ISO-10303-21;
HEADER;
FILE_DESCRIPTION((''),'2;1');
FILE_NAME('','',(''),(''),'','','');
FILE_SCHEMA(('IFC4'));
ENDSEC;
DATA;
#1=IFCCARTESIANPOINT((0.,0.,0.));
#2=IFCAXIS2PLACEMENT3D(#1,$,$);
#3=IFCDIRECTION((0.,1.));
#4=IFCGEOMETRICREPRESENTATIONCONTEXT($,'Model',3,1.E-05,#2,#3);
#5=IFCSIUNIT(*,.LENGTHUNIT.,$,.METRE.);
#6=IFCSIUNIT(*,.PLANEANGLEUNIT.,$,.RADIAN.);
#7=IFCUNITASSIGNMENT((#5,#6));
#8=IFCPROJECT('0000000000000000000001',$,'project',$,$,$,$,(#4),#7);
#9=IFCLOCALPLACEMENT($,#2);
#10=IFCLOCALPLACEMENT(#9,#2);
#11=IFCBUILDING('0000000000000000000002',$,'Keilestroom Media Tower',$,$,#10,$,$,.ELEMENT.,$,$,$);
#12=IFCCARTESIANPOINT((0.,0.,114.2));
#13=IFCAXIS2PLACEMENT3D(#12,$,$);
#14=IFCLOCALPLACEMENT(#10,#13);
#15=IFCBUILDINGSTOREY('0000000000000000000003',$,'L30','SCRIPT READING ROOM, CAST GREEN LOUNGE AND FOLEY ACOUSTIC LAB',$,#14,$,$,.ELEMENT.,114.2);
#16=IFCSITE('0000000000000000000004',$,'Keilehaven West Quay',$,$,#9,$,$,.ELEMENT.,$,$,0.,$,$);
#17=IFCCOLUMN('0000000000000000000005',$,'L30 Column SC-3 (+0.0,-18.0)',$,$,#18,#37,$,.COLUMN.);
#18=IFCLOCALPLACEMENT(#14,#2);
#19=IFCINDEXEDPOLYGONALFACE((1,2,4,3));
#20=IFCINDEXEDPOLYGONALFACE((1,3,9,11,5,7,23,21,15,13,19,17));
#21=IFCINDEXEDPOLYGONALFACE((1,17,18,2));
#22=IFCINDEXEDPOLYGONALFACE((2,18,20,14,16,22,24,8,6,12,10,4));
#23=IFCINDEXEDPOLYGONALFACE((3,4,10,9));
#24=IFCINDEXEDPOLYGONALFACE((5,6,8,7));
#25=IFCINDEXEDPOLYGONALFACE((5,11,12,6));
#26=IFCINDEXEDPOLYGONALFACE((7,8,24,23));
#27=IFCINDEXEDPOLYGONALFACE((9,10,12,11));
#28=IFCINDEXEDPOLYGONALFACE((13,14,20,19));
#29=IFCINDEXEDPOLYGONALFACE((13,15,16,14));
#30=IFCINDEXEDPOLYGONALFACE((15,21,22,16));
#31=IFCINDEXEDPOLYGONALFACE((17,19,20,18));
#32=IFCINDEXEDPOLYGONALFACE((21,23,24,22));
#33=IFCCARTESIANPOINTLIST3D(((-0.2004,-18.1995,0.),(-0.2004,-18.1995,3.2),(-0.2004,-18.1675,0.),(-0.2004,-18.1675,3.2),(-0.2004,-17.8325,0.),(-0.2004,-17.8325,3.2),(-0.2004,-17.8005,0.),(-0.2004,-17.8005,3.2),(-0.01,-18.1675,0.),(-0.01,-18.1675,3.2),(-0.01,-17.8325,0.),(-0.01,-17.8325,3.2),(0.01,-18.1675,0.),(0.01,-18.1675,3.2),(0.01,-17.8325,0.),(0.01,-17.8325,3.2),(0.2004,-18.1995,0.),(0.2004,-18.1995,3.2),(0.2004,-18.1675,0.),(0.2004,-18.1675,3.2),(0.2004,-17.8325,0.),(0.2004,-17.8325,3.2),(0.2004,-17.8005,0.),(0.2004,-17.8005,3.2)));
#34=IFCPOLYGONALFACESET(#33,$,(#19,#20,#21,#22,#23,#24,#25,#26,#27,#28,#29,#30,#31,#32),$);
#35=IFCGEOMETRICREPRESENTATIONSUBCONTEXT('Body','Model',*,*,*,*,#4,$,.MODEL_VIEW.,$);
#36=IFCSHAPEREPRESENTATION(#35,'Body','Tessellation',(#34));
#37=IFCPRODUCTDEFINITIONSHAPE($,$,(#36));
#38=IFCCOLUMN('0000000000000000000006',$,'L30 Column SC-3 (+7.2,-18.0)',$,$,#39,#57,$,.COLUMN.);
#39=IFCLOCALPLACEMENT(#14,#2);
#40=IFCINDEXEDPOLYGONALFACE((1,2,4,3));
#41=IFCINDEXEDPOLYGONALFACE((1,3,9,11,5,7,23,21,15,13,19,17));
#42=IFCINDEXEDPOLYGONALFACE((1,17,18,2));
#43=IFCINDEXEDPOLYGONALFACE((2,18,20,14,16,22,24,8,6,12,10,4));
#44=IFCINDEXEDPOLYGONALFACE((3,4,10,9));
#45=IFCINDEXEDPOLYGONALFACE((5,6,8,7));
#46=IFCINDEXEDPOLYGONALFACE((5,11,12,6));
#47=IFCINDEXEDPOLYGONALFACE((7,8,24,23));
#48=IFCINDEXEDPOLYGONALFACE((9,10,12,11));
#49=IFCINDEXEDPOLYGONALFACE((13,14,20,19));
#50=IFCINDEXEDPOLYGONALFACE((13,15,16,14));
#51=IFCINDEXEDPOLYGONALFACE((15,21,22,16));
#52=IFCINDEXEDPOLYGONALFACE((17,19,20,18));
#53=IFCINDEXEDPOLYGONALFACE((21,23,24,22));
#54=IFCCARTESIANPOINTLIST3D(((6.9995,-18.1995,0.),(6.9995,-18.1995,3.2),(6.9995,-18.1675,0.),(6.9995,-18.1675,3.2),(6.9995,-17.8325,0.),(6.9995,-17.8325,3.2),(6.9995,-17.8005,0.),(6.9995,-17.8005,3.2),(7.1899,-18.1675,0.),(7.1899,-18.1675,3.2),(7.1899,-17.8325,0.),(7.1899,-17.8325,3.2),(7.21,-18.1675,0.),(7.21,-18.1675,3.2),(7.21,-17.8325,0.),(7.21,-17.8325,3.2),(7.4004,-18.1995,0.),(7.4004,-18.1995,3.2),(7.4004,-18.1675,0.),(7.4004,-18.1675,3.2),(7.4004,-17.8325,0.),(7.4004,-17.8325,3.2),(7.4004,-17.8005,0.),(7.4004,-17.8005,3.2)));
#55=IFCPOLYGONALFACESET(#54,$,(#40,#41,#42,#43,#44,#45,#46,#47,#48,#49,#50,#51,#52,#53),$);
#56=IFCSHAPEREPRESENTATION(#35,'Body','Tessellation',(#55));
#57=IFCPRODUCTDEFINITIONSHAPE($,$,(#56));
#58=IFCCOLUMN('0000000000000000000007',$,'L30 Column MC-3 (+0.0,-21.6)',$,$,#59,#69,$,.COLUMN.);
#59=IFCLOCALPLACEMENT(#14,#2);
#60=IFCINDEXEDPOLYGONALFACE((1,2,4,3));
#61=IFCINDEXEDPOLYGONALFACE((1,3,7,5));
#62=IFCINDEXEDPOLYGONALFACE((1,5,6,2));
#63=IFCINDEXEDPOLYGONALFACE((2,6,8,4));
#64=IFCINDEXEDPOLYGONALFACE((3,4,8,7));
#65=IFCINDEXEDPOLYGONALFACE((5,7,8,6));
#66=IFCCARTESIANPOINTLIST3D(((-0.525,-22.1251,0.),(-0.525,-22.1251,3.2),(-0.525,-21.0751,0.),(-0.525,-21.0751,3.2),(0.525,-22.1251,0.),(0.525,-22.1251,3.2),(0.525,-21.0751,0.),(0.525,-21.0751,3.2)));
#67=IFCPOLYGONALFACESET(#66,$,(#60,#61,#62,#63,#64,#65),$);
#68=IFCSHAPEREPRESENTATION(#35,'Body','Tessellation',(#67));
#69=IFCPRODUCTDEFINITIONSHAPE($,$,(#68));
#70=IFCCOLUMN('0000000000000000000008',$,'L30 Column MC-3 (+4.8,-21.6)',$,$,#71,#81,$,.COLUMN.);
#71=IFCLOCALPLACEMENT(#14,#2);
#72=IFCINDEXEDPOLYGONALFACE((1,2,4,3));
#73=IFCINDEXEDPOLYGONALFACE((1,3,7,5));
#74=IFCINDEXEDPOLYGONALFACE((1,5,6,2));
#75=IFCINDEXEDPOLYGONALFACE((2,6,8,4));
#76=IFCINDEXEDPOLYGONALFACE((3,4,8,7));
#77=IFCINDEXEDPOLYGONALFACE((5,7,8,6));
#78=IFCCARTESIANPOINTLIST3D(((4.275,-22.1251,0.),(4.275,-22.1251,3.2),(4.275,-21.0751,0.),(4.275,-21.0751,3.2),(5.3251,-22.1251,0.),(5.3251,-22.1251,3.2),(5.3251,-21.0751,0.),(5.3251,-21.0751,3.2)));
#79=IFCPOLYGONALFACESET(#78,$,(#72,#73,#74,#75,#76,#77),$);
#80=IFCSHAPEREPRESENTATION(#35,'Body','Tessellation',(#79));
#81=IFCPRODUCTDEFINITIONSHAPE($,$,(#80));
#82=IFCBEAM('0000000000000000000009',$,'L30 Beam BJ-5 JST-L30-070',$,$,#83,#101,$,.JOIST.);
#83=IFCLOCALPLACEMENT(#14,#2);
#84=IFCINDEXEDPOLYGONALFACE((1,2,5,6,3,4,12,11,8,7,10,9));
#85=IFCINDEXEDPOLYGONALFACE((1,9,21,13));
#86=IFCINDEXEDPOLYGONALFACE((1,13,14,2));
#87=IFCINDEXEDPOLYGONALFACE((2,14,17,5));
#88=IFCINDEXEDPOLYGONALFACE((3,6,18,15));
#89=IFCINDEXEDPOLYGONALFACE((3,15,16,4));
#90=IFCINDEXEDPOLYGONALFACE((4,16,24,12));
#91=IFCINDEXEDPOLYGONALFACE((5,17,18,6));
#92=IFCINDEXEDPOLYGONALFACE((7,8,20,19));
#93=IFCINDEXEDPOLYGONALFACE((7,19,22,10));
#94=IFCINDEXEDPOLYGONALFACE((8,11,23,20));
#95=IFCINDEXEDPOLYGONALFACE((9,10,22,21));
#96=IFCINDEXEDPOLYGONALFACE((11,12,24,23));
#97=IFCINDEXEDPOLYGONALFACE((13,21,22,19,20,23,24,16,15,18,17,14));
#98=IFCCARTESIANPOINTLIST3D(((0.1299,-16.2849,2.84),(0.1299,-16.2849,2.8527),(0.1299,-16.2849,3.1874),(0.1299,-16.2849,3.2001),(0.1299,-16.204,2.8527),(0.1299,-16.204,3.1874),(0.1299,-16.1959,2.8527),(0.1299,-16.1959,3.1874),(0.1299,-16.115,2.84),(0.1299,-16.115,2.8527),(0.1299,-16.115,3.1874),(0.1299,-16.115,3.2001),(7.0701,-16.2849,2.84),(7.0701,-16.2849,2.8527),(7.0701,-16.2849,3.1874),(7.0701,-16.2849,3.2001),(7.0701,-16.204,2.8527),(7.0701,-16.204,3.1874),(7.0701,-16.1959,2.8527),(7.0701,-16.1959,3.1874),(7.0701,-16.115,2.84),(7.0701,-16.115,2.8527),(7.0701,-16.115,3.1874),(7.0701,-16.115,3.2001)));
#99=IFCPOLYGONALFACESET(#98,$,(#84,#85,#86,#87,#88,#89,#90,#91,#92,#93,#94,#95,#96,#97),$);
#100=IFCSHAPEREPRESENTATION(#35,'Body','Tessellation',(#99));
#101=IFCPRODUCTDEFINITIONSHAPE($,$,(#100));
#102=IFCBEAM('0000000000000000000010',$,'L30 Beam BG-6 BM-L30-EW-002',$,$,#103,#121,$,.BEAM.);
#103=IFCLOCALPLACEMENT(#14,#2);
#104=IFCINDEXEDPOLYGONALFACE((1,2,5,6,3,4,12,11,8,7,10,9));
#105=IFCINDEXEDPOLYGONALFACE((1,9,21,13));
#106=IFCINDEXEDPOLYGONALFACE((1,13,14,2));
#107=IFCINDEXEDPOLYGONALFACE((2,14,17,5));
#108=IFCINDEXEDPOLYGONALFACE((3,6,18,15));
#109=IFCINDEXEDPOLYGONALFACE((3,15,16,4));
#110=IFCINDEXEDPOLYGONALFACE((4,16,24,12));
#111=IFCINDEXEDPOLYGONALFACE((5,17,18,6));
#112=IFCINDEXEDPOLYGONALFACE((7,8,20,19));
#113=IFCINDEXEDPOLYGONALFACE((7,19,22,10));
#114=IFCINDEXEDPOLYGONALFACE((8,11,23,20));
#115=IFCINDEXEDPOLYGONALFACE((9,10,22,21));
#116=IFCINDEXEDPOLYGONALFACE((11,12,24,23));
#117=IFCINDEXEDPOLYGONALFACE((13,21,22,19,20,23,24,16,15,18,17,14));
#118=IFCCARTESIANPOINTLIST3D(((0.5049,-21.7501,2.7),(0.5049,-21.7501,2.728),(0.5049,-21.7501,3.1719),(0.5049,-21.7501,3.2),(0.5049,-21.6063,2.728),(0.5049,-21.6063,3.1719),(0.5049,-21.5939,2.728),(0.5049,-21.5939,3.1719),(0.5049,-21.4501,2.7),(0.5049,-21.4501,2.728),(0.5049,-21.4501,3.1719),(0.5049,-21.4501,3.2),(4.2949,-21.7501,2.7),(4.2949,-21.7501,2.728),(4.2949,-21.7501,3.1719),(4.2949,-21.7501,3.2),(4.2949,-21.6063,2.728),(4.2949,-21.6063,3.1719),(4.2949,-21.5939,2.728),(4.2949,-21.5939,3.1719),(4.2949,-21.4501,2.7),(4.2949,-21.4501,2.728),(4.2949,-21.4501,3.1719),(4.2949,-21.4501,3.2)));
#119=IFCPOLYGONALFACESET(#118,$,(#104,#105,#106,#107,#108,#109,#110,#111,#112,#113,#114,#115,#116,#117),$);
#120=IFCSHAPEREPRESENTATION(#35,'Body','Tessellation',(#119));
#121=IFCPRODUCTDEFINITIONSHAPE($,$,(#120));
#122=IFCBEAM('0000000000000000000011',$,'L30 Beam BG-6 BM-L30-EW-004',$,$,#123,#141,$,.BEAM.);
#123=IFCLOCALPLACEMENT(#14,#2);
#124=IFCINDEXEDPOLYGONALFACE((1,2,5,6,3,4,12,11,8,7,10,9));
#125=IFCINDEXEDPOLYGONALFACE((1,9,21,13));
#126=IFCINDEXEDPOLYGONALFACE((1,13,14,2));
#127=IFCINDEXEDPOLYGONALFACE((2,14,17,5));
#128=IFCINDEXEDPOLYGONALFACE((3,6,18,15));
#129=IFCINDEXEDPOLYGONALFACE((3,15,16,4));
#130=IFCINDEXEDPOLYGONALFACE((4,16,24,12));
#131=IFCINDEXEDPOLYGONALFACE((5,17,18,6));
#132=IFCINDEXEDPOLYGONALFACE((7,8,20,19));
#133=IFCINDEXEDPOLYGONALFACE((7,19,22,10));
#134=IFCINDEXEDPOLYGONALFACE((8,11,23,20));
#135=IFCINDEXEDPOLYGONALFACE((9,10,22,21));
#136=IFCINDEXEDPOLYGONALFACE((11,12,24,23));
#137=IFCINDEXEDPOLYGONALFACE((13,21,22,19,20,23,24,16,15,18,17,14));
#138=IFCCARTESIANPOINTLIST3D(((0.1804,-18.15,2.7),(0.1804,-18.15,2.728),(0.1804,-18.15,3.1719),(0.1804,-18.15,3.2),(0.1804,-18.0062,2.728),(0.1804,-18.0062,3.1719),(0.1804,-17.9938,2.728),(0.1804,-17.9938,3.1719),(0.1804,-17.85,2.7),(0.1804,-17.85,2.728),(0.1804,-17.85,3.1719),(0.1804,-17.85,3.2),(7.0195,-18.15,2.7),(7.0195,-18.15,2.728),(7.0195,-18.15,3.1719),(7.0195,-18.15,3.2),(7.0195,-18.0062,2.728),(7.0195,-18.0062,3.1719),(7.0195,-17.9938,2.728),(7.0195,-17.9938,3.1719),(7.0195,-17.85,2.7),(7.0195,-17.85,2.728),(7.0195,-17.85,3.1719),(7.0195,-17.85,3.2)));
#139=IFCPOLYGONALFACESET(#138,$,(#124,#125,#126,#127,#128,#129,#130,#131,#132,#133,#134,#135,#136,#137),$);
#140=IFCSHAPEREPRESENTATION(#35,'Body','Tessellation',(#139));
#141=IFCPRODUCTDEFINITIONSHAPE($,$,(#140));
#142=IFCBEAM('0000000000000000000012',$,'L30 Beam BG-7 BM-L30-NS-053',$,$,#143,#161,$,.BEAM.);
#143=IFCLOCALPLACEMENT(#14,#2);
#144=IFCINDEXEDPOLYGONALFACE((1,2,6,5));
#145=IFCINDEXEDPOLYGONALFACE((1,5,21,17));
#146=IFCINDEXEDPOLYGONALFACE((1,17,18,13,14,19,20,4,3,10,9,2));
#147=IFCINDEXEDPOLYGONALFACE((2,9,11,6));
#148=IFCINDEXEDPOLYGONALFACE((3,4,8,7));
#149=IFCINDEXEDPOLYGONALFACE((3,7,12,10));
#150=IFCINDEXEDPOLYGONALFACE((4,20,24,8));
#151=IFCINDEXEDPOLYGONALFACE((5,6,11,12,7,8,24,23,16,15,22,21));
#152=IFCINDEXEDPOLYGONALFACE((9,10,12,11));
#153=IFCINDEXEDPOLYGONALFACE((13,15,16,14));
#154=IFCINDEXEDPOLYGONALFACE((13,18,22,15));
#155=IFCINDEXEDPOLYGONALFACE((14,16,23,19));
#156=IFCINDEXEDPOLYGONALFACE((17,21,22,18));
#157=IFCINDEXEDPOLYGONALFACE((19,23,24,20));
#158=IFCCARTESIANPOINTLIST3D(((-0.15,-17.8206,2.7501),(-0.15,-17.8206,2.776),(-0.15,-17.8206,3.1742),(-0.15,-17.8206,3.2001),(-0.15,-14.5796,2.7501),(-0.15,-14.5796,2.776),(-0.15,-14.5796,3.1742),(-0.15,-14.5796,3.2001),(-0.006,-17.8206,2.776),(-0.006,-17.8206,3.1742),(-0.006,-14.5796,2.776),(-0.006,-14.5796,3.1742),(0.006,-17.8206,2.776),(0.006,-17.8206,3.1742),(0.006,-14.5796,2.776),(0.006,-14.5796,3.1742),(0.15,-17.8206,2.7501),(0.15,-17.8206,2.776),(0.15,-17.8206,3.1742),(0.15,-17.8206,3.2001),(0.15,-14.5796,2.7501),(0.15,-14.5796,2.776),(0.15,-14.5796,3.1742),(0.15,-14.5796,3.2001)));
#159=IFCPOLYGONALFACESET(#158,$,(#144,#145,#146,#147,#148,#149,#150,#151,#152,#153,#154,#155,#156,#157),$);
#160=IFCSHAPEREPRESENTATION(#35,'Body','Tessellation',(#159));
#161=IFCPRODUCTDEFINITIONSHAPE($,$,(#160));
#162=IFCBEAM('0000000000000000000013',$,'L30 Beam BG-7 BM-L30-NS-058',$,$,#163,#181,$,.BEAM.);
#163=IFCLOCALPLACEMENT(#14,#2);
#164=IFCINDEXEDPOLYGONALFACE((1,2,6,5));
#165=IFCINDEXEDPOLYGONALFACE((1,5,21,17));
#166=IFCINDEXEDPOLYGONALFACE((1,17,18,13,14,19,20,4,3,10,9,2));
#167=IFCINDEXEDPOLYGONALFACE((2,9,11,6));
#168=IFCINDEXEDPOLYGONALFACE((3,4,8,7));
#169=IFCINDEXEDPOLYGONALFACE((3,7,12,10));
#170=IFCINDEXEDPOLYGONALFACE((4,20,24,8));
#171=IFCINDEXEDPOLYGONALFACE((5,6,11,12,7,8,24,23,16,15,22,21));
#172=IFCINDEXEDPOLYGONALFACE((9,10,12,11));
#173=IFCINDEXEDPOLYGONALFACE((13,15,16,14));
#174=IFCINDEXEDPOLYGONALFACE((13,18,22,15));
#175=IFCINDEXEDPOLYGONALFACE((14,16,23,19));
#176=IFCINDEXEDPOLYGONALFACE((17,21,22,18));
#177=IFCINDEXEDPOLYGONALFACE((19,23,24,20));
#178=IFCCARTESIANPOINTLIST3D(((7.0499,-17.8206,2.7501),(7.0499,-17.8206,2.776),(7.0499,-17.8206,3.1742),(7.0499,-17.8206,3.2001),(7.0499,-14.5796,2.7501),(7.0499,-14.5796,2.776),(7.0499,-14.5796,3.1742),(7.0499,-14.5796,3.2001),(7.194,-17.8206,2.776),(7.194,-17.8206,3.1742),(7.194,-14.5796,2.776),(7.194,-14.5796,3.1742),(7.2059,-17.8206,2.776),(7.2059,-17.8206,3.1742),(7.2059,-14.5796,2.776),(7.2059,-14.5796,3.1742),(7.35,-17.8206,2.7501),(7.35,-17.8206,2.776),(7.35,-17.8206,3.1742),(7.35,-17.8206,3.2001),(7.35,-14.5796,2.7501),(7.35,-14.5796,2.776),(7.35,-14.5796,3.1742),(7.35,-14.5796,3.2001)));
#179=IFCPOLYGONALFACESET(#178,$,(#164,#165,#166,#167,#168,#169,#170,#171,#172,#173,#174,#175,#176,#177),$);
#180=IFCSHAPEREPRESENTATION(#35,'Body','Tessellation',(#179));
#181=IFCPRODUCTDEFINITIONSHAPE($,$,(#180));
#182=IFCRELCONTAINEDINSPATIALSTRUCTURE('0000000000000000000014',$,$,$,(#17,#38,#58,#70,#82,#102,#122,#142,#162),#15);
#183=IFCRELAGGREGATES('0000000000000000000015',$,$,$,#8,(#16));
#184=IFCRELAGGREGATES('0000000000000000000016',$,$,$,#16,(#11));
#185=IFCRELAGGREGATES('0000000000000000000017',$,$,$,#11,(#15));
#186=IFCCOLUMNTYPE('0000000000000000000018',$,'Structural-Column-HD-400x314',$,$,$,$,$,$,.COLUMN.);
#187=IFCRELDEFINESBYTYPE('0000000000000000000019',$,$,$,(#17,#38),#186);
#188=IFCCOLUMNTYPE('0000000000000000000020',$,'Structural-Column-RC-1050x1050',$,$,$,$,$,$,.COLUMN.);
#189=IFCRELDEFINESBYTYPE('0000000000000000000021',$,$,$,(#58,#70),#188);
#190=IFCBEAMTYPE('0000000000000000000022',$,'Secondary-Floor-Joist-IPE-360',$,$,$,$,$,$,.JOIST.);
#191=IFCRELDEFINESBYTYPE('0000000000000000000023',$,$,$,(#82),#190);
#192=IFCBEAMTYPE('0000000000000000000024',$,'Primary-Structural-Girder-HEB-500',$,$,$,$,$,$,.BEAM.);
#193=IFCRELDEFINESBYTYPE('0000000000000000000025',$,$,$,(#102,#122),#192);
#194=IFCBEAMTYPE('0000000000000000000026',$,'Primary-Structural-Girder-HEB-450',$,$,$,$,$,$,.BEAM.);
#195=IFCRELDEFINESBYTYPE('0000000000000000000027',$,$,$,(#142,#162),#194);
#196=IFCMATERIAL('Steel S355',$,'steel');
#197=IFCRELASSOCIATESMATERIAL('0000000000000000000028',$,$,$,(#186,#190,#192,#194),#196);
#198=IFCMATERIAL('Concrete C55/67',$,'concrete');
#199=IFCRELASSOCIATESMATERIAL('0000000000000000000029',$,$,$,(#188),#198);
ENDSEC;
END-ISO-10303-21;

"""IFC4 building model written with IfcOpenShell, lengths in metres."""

from ifc_helpers import new_model, si_unit, direction, frame, origin, origin_2d, place, context, subcontext, project, spatial, rectangle, i_section, extrude, source, transform, mapped, material, material_profile, profile_set, type_object, element, save


model = new_model("IFC4")

# Units and contexts
model_context = context("Model", 3, precision=1e-05, world=origin(), true_north=direction((0.0, 1.0)))
body_context = subcontext(model_context, "Body", "Model", "MODEL_VIEW")
ifc_project = project(units=[si_unit("LENGTHUNIT", "METRE"), si_unit("PLANEANGLEUNIT", "RADIAN")], contexts=[model_context])

# Site, building, storey
site_placement = place(None, origin())
site = spatial("IfcSite", under=ifc_project, at=site_placement, Name="Keilehaven West Quay", CompositionType="ELEMENT", RefElevation=0.0)
building_placement = place(site_placement, origin())
building = spatial("IfcBuilding", under=site, at=building_placement, Name="Keilestroom Media Tower", CompositionType="ELEMENT")
storey_placement = place(building_placement, frame((0.0, 0.0, 114.2)))
storey = spatial("IfcBuildingStorey", under=building, at=storey_placement, Name="L30", Description="SCRIPT READING ROOM, CAST GREEN LOUNGE AND FOLEY ACOUSTIC LAB", CompositionType="ELEMENT", Elevation=114.2)

# Columns
ifc_material_1 = material(Name="Steel S355", Category="steel")
ifc_material_profile_1 = material_profile(ifc_material_1, i_section(OverallWidth=0.4009, OverallDepth=0.3989, WebThickness=0.02, FlangeThickness=0.032, at=origin_2d()), Name="HD 400x314")
ifc_profile_set_1 = profile_set([ifc_material_profile_1], Name="Steel S355")
column_type_1 = type_object("IfcColumnType", Name="Structural-Column-HD-400x314", PredefinedType="COLUMN", material=ifc_profile_set_1)
shared_shape_1 = source(origin(), body_context, "Body", "SweptSolid", [
    extrude(i_section(OverallWidth=0.4009, OverallDepth=0.3989, WebThickness=0.02, FlangeThickness=0.032, at=origin_2d()), origin(), (0.0, 0.0, 1.0), 3.2),
])
for number, where, z_axis, x_axis, name in (
    (1, (0.0, -18.0, 0.0), (0.0, 0.0, 1.0), (1.0, 0.0, 0.0), "L30 Column SC-3 (+0.0,-18.0)"),
    (2, (7.2, -18.0, 0.0), (0.0, 0.0, 1.0), (1.0, 0.0, 0.0), "L30 Column SC-3 (+7.2,-18.0)"),
):
    element("IfcColumn", number, at=place(storey_placement, frame(where, z_axis=z_axis, x_axis=x_axis)), inside=storey, type_object=column_type_1, Name=name, PredefinedType="COLUMN", context=body_context, shape_type="MappedRepresentation", body=[
        mapped(shared_shape_1, transform((0.0, 0.0, 0.0), x_axis=(1.0, 0.0, 0.0), y_axis=(0.0, 1.0, 0.0), z_axis=(0.0, 0.0, 1.0), scale=1.0)),
    ])
ifc_material_2 = material(Name="Concrete C55/67", Category="concrete")
ifc_material_profile_2 = material_profile(ifc_material_2, rectangle(XDim=1.05, YDim=1.05, at=origin_2d()), Name="RC 1050x1050")
ifc_profile_set_2 = profile_set([ifc_material_profile_2], Name="Concrete C55/67")
column_type_2 = type_object("IfcColumnType", Name="Structural-Column-RC-1050x1050", PredefinedType="COLUMN", material=ifc_profile_set_2)
shared_shape_2 = source(origin(), body_context, "Body", "SweptSolid", [
    extrude(rectangle(XDim=1.05, YDim=1.05, at=origin_2d()), origin(), (0.0, 0.0, 1.0), 3.2),
])
for number, where, z_axis, x_axis, name in (
    (3, (0.0, -21.6001, 0.0), (0.0, 0.0, 1.0), (1.0, 0.0, 0.0), "L30 Column MC-3 (+0.0,-21.6)"),
    (4, (4.8, -21.6001, 0.0), (0.0, 0.0, 1.0), (1.0, 0.0, 0.0), "L30 Column MC-3 (+4.8,-21.6)"),
):
    element("IfcColumn", number, at=place(storey_placement, frame(where, z_axis=z_axis, x_axis=x_axis)), inside=storey, type_object=column_type_2, Name=name, PredefinedType="COLUMN", context=body_context, shape_type="MappedRepresentation", body=[
        mapped(shared_shape_2, transform((0.0, 0.0, 0.0), x_axis=(1.0, 0.0, 0.0), y_axis=(0.0, 1.0, 0.0), z_axis=(0.0, 0.0, 1.0), scale=1.0)),
    ])

# Beams
ifc_material_profile_3 = material_profile(ifc_material_1, i_section(OverallWidth=0.1699, OverallDepth=0.3601, WebThickness=0.0081, FlangeThickness=0.0127, at=origin_2d()), Name="IPE 360")
ifc_profile_set_3 = profile_set([ifc_material_profile_3], Name="Steel S355")
beam_type_1 = type_object("IfcBeamType", Name="Secondary-Floor-Joist-IPE-360", PredefinedType="JOIST", material=ifc_profile_set_3)
shared_shape_3 = source(origin(), body_context, "Body", "SweptSolid", [
    extrude(i_section(OverallWidth=0.1699, OverallDepth=0.3601, WebThickness=0.0081, FlangeThickness=0.0127, at=origin_2d()), origin(), (0.0, 0.0, 1.0), 6.9402),
])
beam_1_placement = place(storey_placement, frame((0.1299, -16.2, 3.02), z_axis=(1.0, 0.0, 0.0), x_axis=(0.0, 1.0, 0.0)))
element("IfcBeam", 5, at=beam_1_placement, inside=storey, type_object=beam_type_1, Name="L30 Beam BJ-5 JST-L30-070", PredefinedType="JOIST", context=body_context, shape_type="MappedRepresentation", body=[
    mapped(shared_shape_3, transform((0.0, 0.0, 0.0), x_axis=(1.0, 0.0, 0.0), y_axis=(0.0, 1.0, 0.0), z_axis=(0.0, 0.0, 1.0), scale=1.0)),
])
ifc_material_profile_4 = material_profile(ifc_material_1, i_section(OverallWidth=0.3, OverallDepth=0.5, WebThickness=0.0125, FlangeThickness=0.0281, at=origin_2d()), Name="HEB 500")
ifc_profile_set_4 = profile_set([ifc_material_profile_4], Name="Steel S355")
beam_type_2 = type_object("IfcBeamType", Name="Primary-Structural-Girder-HEB-500", PredefinedType="BEAM", material=ifc_profile_set_4)
shared_shape_4 = source(origin(), body_context, "Body", "SweptSolid", [
    extrude(i_section(OverallWidth=0.3, OverallDepth=0.5, WebThickness=0.0125, FlangeThickness=0.0281, at=origin_2d()), origin(), (0.0, 0.0, 1.0), 3.79),
])
beam_2_placement = place(storey_placement, frame((0.5049, -21.6001, 2.95), z_axis=(1.0, 0.0, 0.0), x_axis=(0.0, 1.0, 0.0)))
element("IfcBeam", 6, at=beam_2_placement, inside=storey, type_object=beam_type_2, Name="L30 Beam BG-6 BM-L30-EW-002", PredefinedType="BEAM", context=body_context, shape_type="MappedRepresentation", body=[
    mapped(shared_shape_4, transform((0.0, 0.0, 0.0), x_axis=(1.0, 0.0, 0.0), y_axis=(0.0, 1.0, 0.0), z_axis=(0.0, 0.0, 1.0), scale=1.0)),
])
shared_shape_5 = source(origin(), body_context, "Body", "SweptSolid", [
    extrude(i_section(OverallWidth=0.3, OverallDepth=0.5, WebThickness=0.0125, FlangeThickness=0.0281, at=origin_2d()), origin(), (0.0, 0.0, 1.0), 6.8391),
])
beam_3_placement = place(storey_placement, frame((0.1804, -18.0, 2.95), z_axis=(1.0, 0.0, 0.0), x_axis=(0.0, 1.0, 0.0)))
element("IfcBeam", 7, at=beam_3_placement, inside=storey, type_object=beam_type_2, Name="L30 Beam BG-6 BM-L30-EW-004", PredefinedType="BEAM", context=body_context, shape_type="MappedRepresentation", body=[
    mapped(shared_shape_5, transform((0.0, 0.0, 0.0), x_axis=(1.0, 0.0, 0.0), y_axis=(0.0, 1.0, 0.0), z_axis=(0.0, 0.0, 1.0), scale=1.0)),
])
ifc_material_profile_5 = material_profile(ifc_material_1, i_section(OverallWidth=0.3, OverallDepth=0.45, WebThickness=0.012, FlangeThickness=0.0259, at=origin_2d()), Name="HEB 450")
ifc_profile_set_5 = profile_set([ifc_material_profile_5], Name="Steel S355")
beam_type_3 = type_object("IfcBeamType", Name="Primary-Structural-Girder-HEB-450", PredefinedType="BEAM", material=ifc_profile_set_5)
shared_shape_6 = source(origin(), body_context, "Body", "SweptSolid", [
    extrude(i_section(OverallWidth=0.3, OverallDepth=0.45, WebThickness=0.012, FlangeThickness=0.0259, at=origin_2d()), origin(), (0.0, 0.0, 1.0), 3.241),
])
for number, where, z_axis, x_axis, name in (
    (8, (0.0, -17.8206, 2.9751), (0.0, 1.0, 0.0), (-1.0, 0.0, 0.0), "L30 Beam BG-7 BM-L30-NS-053"),
    (9, (7.2, -17.8206, 2.9751), (0.0, 1.0, 0.0), (-1.0, 0.0, 0.0), "L30 Beam BG-7 BM-L30-NS-058"),
):
    element("IfcBeam", number, at=place(storey_placement, frame(where, z_axis=z_axis, x_axis=x_axis)), inside=storey, type_object=beam_type_3, Name=name, PredefinedType="BEAM", context=body_context, shape_type="MappedRepresentation", body=[
        mapped(shared_shape_6, transform((0.0, 0.0, 0.0), x_axis=(1.0, 0.0, 0.0), y_axis=(0.0, 1.0, 0.0), z_axis=(0.0, 0.0, 1.0), scale=1.0)),
    ])

save(model, "model.ifc")
